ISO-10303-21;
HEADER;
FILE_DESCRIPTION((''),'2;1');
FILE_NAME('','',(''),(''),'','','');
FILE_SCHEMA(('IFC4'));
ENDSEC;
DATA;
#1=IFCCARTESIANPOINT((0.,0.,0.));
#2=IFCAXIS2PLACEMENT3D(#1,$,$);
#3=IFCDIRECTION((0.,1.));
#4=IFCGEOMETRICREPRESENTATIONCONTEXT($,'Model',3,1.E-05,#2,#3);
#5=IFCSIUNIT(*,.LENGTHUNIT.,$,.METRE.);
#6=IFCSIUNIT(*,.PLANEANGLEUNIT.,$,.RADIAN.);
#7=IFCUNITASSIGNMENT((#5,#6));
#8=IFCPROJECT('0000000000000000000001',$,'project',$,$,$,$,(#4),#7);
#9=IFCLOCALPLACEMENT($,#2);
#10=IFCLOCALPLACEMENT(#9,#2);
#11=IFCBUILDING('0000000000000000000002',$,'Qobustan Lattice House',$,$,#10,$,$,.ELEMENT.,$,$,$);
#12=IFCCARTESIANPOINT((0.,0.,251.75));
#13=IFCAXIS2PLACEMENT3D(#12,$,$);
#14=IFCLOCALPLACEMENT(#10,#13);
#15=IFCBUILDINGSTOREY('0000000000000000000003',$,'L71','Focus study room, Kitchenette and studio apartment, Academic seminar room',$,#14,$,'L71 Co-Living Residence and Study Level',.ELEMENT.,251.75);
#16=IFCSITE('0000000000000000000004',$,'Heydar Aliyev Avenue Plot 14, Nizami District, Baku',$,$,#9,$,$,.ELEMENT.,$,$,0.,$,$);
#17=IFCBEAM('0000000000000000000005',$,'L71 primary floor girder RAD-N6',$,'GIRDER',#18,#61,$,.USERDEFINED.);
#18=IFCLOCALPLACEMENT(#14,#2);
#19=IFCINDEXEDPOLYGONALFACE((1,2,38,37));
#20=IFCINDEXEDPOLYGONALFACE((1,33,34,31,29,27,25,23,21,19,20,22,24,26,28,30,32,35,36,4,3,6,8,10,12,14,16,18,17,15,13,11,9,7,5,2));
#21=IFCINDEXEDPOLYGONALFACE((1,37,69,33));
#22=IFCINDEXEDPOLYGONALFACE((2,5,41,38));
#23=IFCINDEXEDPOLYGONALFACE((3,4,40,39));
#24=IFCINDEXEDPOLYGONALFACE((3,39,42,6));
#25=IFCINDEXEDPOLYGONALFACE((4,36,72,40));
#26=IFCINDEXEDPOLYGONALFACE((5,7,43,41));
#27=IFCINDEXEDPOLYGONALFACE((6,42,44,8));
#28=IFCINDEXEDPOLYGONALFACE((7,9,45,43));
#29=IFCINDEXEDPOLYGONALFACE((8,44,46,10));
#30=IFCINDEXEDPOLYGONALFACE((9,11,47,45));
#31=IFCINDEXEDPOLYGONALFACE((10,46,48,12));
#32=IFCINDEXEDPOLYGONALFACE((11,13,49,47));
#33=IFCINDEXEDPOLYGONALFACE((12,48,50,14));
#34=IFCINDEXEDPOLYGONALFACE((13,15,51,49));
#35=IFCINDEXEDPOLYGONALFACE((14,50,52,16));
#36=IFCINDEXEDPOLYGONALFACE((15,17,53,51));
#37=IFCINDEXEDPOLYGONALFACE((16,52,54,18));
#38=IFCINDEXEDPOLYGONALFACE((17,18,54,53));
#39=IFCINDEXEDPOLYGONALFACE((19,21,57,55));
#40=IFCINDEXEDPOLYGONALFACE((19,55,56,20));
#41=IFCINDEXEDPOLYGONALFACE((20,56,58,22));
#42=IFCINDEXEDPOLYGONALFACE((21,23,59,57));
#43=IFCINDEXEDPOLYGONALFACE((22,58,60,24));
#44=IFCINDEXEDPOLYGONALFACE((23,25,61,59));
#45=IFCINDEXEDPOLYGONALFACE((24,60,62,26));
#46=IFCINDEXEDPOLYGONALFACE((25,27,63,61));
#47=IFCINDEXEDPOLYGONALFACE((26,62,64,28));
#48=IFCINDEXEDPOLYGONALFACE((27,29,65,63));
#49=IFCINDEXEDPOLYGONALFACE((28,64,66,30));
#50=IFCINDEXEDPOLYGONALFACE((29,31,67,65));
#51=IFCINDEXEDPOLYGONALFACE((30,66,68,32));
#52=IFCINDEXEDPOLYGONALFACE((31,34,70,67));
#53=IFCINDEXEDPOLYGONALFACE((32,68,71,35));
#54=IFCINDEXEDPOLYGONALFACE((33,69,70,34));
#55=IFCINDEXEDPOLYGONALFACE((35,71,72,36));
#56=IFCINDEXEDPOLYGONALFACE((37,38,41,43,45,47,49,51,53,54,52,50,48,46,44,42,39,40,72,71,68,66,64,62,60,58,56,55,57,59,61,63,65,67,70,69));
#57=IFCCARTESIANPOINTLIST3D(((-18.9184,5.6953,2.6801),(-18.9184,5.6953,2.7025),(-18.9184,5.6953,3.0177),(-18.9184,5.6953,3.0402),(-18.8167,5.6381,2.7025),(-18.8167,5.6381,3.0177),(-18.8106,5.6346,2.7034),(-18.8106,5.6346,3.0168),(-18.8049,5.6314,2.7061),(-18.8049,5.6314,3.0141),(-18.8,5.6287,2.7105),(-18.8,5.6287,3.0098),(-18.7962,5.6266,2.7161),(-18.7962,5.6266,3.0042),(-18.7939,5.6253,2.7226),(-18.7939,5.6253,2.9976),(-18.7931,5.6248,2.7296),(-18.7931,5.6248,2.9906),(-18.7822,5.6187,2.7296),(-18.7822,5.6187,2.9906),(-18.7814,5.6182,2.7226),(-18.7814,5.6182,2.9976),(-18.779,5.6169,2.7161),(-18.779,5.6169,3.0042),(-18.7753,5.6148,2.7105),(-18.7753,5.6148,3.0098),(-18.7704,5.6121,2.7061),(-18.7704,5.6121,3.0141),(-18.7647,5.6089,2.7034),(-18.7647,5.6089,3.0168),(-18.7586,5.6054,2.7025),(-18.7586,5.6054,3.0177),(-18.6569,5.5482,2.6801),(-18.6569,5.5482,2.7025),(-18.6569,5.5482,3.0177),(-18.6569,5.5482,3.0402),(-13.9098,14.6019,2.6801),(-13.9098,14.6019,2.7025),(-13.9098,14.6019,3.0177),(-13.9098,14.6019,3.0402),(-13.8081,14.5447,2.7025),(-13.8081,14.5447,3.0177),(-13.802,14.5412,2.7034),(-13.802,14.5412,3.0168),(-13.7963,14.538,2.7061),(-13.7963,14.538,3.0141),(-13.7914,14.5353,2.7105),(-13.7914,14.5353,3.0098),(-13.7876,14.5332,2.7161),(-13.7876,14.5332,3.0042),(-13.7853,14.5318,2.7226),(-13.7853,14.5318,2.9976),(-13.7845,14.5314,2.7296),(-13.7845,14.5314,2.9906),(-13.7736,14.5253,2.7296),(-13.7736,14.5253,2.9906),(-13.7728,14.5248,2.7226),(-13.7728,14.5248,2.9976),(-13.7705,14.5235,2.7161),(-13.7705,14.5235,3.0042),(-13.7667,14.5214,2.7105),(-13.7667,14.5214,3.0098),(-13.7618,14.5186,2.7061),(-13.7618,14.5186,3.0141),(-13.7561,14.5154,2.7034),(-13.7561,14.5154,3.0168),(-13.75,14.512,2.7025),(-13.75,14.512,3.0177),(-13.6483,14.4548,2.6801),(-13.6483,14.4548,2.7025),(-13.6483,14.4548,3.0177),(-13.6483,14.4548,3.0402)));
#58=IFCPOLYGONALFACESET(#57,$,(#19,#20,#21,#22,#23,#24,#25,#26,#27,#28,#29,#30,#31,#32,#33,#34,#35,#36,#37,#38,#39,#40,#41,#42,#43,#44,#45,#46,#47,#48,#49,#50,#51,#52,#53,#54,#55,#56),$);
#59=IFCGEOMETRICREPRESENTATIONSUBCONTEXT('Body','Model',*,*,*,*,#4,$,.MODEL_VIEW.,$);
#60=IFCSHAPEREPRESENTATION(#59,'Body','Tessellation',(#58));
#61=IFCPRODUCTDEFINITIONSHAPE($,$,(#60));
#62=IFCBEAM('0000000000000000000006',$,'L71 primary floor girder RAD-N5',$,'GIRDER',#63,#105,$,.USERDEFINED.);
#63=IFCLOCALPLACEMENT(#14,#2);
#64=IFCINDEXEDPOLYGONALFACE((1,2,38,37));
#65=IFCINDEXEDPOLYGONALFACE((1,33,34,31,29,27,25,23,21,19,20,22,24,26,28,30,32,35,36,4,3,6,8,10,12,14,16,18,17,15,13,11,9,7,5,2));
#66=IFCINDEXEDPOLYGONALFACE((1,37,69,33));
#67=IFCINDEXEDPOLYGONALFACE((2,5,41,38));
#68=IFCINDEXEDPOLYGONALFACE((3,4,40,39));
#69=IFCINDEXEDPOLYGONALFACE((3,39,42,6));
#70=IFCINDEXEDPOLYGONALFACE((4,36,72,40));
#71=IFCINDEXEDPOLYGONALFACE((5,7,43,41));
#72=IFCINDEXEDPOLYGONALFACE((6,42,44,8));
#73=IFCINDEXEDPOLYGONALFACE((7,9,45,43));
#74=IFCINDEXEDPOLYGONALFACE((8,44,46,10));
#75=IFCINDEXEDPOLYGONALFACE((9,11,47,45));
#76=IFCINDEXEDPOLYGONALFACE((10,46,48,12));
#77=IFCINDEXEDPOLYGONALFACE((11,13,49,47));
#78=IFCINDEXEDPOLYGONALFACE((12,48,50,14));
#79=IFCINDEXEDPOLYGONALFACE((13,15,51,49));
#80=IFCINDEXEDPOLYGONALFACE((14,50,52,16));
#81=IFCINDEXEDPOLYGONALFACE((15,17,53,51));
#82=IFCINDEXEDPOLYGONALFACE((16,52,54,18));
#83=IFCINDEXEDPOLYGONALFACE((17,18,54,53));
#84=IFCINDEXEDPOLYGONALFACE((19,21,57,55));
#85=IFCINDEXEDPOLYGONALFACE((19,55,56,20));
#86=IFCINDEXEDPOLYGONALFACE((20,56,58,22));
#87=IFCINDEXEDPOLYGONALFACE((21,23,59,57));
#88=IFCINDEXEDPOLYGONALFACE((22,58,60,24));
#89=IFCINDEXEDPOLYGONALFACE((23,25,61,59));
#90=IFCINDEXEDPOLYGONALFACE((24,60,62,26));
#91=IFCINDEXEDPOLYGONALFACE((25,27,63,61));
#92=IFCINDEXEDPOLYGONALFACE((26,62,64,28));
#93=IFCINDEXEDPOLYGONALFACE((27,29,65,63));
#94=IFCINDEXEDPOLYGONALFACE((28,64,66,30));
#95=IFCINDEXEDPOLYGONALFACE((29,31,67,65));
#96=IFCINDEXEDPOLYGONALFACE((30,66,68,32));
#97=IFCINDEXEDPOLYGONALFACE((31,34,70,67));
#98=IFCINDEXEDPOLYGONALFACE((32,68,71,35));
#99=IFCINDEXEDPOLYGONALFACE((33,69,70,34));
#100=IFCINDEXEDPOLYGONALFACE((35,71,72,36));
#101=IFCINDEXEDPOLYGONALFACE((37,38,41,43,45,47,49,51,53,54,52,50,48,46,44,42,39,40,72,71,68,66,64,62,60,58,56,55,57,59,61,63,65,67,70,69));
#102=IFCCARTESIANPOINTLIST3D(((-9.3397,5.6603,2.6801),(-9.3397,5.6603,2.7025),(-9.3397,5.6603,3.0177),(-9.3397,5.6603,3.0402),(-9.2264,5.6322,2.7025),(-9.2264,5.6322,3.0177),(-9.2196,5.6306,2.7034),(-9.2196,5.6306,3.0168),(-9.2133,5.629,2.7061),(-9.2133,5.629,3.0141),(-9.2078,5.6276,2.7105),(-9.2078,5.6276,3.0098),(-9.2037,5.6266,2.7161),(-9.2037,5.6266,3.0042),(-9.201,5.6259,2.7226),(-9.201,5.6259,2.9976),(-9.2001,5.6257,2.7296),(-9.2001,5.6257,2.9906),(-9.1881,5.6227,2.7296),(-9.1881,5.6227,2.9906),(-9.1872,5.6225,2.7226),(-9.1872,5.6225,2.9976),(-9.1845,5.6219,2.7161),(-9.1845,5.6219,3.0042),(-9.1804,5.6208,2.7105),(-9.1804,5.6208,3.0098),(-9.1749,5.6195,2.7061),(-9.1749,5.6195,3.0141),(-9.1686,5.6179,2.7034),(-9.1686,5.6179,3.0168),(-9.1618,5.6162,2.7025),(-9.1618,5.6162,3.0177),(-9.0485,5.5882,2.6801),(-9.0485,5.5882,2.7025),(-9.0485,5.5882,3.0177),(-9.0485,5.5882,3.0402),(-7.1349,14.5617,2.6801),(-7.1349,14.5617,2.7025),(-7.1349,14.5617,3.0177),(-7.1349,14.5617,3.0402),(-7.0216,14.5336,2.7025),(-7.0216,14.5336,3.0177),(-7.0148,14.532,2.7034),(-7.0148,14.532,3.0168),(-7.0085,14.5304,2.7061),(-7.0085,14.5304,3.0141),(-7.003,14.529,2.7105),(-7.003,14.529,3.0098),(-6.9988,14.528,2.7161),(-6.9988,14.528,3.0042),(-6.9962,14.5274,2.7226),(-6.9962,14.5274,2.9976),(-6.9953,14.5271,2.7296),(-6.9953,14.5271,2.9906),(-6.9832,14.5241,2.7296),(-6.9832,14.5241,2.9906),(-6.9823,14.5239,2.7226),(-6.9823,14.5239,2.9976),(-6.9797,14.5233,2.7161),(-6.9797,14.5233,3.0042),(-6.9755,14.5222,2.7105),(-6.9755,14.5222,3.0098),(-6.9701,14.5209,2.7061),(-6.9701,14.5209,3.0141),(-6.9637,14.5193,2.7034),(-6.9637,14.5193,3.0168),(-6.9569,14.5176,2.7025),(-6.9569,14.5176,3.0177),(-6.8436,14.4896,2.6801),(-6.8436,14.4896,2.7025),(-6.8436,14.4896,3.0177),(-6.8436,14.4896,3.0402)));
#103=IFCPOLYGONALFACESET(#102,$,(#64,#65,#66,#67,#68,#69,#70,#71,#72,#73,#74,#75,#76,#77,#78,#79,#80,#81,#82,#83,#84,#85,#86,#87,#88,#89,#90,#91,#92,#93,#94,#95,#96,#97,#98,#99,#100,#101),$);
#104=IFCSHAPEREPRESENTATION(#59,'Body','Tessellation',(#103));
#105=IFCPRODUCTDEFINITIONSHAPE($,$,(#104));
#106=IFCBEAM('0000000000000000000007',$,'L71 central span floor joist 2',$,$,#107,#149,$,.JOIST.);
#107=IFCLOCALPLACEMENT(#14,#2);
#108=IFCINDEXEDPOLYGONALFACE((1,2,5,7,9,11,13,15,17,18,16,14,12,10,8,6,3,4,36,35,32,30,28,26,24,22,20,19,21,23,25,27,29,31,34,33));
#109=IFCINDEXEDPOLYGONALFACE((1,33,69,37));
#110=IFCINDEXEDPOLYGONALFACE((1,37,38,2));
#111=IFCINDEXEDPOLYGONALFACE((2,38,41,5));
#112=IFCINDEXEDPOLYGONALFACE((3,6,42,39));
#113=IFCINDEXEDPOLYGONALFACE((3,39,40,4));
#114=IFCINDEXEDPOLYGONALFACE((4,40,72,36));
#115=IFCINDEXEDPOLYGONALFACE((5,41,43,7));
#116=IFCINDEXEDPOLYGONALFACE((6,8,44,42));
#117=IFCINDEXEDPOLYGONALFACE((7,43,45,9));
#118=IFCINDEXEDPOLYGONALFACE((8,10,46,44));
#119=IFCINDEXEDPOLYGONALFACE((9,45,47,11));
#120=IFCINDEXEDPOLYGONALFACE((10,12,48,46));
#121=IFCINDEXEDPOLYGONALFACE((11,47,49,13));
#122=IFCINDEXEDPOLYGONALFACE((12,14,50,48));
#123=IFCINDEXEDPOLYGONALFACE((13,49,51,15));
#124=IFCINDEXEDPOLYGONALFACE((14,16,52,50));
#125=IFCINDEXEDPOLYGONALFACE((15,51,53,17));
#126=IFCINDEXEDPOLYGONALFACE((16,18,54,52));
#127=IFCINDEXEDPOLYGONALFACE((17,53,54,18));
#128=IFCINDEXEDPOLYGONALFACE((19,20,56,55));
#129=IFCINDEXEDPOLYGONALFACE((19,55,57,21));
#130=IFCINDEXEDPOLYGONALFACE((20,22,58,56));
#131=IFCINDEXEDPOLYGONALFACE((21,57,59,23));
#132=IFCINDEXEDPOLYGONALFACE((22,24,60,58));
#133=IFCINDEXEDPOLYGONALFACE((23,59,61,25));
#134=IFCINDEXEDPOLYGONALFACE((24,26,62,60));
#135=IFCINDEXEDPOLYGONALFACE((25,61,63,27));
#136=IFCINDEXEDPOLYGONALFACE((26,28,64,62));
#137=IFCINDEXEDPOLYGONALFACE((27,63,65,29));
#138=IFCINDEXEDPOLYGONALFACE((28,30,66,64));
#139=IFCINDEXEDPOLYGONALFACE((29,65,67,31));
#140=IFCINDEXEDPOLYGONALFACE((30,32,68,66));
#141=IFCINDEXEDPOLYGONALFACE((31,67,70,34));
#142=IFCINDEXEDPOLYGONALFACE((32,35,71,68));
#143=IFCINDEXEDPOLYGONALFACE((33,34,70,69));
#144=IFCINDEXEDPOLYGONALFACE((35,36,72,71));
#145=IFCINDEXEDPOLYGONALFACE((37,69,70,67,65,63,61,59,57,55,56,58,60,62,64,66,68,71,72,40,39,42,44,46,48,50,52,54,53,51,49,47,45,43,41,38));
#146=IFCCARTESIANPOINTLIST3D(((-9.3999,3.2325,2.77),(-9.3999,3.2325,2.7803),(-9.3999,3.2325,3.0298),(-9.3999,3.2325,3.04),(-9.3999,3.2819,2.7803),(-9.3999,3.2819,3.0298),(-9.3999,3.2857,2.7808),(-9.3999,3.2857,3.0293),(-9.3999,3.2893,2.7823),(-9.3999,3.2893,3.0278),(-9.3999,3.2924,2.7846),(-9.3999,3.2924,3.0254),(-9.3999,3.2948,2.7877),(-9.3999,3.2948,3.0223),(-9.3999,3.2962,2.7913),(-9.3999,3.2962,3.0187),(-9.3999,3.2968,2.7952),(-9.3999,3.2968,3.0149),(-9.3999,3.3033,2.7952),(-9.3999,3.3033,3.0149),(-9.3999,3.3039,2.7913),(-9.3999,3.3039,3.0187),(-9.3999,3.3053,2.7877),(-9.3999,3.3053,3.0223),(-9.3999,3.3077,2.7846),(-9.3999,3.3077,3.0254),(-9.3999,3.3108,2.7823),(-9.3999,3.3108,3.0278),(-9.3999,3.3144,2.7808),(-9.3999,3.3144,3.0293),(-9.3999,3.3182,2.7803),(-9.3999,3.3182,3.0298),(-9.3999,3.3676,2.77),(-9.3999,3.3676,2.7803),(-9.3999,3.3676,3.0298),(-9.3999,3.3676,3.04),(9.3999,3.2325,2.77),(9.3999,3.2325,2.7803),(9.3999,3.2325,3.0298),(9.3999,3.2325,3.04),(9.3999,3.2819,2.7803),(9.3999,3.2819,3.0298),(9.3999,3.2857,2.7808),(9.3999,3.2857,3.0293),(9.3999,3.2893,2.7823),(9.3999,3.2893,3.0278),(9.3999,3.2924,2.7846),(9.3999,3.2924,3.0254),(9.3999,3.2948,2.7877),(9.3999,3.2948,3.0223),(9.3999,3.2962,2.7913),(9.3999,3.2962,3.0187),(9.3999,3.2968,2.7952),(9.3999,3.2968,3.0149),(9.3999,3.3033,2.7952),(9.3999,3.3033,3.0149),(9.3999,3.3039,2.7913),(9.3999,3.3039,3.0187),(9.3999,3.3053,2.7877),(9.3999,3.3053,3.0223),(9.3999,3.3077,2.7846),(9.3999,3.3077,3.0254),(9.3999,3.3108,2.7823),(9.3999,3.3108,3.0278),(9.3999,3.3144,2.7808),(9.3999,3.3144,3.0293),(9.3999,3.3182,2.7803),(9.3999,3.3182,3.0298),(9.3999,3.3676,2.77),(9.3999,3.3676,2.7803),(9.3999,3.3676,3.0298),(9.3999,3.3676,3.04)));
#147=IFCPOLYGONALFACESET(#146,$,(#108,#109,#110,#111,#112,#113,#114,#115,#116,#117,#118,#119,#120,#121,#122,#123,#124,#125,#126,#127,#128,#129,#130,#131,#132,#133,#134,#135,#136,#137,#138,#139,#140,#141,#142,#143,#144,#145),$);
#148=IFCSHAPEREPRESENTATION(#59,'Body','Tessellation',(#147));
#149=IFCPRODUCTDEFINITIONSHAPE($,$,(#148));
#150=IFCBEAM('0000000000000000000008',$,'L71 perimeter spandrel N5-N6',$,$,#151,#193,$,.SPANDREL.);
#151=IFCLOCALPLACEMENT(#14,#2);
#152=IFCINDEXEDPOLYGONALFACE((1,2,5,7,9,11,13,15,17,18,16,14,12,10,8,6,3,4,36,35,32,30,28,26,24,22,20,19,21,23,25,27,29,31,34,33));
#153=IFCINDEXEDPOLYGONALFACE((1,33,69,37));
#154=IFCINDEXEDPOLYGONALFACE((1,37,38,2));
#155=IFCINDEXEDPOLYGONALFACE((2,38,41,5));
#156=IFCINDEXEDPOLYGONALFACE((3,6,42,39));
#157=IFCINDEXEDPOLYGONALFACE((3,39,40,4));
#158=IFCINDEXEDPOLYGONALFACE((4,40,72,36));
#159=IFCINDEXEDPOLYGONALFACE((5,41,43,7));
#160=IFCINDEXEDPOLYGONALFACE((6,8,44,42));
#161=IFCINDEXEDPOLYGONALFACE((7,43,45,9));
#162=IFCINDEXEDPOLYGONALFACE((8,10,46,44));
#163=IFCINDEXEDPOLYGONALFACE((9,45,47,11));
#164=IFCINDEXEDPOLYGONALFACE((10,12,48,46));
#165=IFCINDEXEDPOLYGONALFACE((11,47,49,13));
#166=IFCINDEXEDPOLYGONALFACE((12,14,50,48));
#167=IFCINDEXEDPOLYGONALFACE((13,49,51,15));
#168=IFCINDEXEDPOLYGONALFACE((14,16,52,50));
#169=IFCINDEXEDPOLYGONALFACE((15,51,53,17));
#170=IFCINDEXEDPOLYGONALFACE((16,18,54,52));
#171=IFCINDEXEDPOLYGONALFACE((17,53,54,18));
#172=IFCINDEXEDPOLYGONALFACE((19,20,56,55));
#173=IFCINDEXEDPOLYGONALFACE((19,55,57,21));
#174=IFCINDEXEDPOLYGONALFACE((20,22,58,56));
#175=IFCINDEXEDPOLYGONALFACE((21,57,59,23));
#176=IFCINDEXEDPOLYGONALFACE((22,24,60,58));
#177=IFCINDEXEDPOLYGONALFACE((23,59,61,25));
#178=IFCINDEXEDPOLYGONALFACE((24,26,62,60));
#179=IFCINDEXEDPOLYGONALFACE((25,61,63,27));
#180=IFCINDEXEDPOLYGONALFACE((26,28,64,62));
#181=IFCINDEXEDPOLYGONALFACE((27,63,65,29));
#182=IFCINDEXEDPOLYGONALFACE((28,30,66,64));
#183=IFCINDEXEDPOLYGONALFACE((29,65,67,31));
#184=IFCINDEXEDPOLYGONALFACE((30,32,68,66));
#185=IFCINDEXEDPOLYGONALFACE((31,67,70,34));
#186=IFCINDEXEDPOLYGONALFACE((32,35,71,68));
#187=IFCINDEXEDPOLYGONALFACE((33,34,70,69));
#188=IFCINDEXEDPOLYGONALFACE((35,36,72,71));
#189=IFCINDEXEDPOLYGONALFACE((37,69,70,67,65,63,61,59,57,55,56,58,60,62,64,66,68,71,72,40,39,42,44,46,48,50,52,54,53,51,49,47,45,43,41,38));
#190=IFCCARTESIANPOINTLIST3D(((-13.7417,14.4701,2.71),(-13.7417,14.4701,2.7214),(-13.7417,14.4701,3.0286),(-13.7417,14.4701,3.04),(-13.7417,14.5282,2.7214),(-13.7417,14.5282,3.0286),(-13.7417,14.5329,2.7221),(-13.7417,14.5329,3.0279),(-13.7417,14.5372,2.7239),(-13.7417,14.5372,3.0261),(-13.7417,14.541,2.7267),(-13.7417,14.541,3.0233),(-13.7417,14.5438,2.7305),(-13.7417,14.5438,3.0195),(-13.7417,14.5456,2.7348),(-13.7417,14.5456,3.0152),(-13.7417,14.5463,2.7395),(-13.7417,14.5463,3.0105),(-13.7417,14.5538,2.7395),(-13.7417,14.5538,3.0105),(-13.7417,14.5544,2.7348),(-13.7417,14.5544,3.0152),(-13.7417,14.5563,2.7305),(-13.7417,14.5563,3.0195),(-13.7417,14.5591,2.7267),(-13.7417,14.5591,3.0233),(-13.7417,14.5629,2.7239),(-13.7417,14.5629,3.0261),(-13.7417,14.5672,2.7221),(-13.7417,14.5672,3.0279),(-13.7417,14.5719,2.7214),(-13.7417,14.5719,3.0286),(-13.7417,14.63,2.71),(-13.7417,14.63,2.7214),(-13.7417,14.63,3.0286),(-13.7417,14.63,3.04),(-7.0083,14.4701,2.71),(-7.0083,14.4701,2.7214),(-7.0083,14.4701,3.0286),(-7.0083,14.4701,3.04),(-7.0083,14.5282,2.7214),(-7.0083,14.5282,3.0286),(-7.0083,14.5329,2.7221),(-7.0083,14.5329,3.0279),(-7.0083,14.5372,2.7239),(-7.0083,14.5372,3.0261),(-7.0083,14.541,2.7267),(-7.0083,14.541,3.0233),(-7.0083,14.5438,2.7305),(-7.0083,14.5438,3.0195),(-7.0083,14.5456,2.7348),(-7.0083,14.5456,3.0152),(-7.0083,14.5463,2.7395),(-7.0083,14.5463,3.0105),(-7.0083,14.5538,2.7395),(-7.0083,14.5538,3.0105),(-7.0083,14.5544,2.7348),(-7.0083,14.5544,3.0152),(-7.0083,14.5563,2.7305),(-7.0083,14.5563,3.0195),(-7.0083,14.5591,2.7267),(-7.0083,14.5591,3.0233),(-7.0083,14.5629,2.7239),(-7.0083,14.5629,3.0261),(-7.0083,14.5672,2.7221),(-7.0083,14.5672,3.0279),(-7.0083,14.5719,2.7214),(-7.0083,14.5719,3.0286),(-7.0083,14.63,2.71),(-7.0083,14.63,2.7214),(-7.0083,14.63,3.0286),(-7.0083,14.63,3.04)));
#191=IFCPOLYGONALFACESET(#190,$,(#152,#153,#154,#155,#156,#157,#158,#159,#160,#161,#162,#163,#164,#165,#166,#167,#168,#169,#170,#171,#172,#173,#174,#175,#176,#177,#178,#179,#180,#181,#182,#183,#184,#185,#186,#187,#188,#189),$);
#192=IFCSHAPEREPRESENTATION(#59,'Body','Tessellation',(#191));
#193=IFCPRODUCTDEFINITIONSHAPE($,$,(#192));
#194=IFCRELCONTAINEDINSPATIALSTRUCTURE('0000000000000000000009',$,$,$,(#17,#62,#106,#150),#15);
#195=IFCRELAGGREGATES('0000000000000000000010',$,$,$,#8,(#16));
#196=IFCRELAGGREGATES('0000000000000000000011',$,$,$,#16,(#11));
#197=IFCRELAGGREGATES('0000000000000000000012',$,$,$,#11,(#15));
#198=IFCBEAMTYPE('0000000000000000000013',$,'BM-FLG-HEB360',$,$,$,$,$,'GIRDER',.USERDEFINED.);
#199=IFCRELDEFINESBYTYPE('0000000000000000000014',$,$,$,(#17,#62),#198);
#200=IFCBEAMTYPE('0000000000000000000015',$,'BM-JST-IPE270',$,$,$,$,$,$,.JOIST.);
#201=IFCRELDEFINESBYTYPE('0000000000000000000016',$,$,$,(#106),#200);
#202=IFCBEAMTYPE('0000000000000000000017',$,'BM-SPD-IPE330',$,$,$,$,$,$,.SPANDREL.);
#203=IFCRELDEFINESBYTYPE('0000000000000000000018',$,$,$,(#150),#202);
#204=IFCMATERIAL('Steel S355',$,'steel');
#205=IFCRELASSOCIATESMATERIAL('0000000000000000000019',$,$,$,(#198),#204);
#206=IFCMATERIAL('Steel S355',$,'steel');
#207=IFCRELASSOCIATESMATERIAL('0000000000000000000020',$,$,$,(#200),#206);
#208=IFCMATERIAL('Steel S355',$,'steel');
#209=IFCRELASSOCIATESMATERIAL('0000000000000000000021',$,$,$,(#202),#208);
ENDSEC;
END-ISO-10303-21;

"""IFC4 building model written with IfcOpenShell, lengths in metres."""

from ifc_helpers import new_model, si_unit, direction, frame, origin, origin_2d, place, context, subcontext, project, spatial, i_section, extrude, material, material_profile, profile_set, type_object, element, save


model = new_model("IFC4")

# Units and contexts
model_context = context("Model", 3, precision=1e-05, world=origin(), true_north=direction((0.0, 1.0)))
body_context = subcontext(model_context, "Body", "Model", "MODEL_VIEW")
ifc_project = project(units=[si_unit("LENGTHUNIT", "METRE"), si_unit("PLANEANGLEUNIT", "RADIAN")], contexts=[model_context])

# Site, building, storey
site_placement = place(None, origin())
site = spatial("IfcSite", under=ifc_project, at=site_placement, Name="Heydar Aliyev Avenue Plot 14, Nizami District, Baku", CompositionType="ELEMENT", RefElevation=0.0)
building_placement = place(site_placement, origin())
building = spatial("IfcBuilding", under=site, at=building_placement, Name="Qobustan Lattice House", CompositionType="ELEMENT")
storey_placement = place(building_placement, frame((0.0, 0.0, 251.75)))
storey = spatial("IfcBuildingStorey", under=building, at=storey_placement, Name="L71", Description="Focus study room, Kitchenette and studio apartment, Academic seminar room", LongName="L71 Co-Living Residence and Study Level", CompositionType="ELEMENT", Elevation=251.75)

# Beams
ifc_material_1 = material(Name="Steel S355", Category="steel")
ifc_material_profile_1 = material_profile(ifc_material_1, i_section(OverallWidth=0.3, OverallDepth=0.3601, WebThickness=0.0125, FlangeThickness=0.0225, FilletRadius=0.0271, at=origin_2d()), Name="HEB360")
ifc_profile_set_1 = profile_set([ifc_material_profile_1], Name="Steel S355")
beam_type_1 = type_object("IfcBeamType", Name="BM-FLG-HEB360", ElementType="GIRDER", PredefinedType="USERDEFINED", material=ifc_profile_set_1)
beam_1_placement = place(storey_placement, frame((-13.7791, 14.5283, 2.8601), z_axis=(-0.49016, -0.871632, 0.0), x_axis=(0.871632, -0.49016, 0.0)))
element("IfcBeam", 1, at=beam_1_placement, inside=storey, type_object=beam_type_1, Name="L71 primary floor girder RAD-N6", ObjectType="GIRDER", PredefinedType="USERDEFINED", context=body_context, shape_type="SweptSolid", body=[
    extrude(i_section(OverallWidth=0.3, OverallDepth=0.3601, WebThickness=0.0125, FlangeThickness=0.0225, FilletRadius=0.0271, at=origin_2d()), origin(), (0.0, 0.0, 1.0), 10.2183),
])
beam_2_placement = place(storey_placement, frame((-6.9893, 14.5256, 2.8601), z_axis=(-0.24043, -0.970666, 0.0), x_axis=(0.970666, -0.24043, 0.0)))
element("IfcBeam", 2, at=beam_2_placement, inside=storey, type_object=beam_type_1, Name="L71 primary floor girder RAD-N5", ObjectType="GIRDER", PredefinedType="USERDEFINED", context=body_context, shape_type="SweptSolid", body=[
    extrude(i_section(OverallWidth=0.3, OverallDepth=0.3601, WebThickness=0.0125, FlangeThickness=0.0225, FilletRadius=0.0271, at=origin_2d()), origin(), (0.0, 0.0, 1.0), 9.1704),
])
ifc_material_2 = material(Name="Steel S355", Category="steel")
ifc_material_profile_2 = material_profile(ifc_material_2, i_section(OverallWidth=0.135, OverallDepth=0.27, WebThickness=0.0066, FlangeThickness=0.0103, FilletRadius=0.0149, at=origin_2d()), Name="IPE270")
ifc_profile_set_2 = profile_set([ifc_material_profile_2], Name="Steel S355")
beam_type_2 = type_object("IfcBeamType", Name="BM-JST-IPE270", PredefinedType="JOIST", material=ifc_profile_set_2)
beam_3_placement = place(storey_placement, frame((-9.3999, 3.3, 2.905), z_axis=(1.0, 0.0, 0.0), x_axis=(0.0, 1.0, 0.0)))
element("IfcBeam", 3, at=beam_3_placement, inside=storey, type_object=beam_type_2, Name="L71 central span floor joist 2", PredefinedType="JOIST", context=body_context, shape_type="SweptSolid", body=[
    extrude(i_section(OverallWidth=0.135, OverallDepth=0.27, WebThickness=0.0066, FlangeThickness=0.0103, FilletRadius=0.0149, at=origin_2d()), origin(), (0.0, 0.0, 1.0), 18.7998),
])
ifc_material_3 = material(Name="Steel S355", Category="steel")
ifc_material_profile_3 = material_profile(ifc_material_3, i_section(OverallWidth=0.1599, OverallDepth=0.3301, WebThickness=0.0076, FlangeThickness=0.0115, FilletRadius=0.0181, at=origin_2d()), Name="IPE330")
ifc_profile_set_3 = profile_set([ifc_material_profile_3], Name="Steel S355")
beam_type_3 = type_object("IfcBeamType", Name="BM-SPD-IPE330", PredefinedType="SPANDREL", material=ifc_profile_set_3)
beam_4_placement = place(storey_placement, frame((-7.0083, 14.55, 2.875), z_axis=(-1.0, 0.0, 0.0), x_axis=(0.0, -1.0, 0.0)))
element("IfcBeam", 4, at=beam_4_placement, inside=storey, type_object=beam_type_3, Name="L71 perimeter spandrel N5-N6", PredefinedType="SPANDREL", context=body_context, shape_type="SweptSolid", body=[
    extrude(i_section(OverallWidth=0.1599, OverallDepth=0.3301, WebThickness=0.0076, FlangeThickness=0.0115, FilletRadius=0.0181, at=origin_2d()), origin(), (0.0, 0.0, 1.0), 6.7334),
])

save(model, "model.ifc")
